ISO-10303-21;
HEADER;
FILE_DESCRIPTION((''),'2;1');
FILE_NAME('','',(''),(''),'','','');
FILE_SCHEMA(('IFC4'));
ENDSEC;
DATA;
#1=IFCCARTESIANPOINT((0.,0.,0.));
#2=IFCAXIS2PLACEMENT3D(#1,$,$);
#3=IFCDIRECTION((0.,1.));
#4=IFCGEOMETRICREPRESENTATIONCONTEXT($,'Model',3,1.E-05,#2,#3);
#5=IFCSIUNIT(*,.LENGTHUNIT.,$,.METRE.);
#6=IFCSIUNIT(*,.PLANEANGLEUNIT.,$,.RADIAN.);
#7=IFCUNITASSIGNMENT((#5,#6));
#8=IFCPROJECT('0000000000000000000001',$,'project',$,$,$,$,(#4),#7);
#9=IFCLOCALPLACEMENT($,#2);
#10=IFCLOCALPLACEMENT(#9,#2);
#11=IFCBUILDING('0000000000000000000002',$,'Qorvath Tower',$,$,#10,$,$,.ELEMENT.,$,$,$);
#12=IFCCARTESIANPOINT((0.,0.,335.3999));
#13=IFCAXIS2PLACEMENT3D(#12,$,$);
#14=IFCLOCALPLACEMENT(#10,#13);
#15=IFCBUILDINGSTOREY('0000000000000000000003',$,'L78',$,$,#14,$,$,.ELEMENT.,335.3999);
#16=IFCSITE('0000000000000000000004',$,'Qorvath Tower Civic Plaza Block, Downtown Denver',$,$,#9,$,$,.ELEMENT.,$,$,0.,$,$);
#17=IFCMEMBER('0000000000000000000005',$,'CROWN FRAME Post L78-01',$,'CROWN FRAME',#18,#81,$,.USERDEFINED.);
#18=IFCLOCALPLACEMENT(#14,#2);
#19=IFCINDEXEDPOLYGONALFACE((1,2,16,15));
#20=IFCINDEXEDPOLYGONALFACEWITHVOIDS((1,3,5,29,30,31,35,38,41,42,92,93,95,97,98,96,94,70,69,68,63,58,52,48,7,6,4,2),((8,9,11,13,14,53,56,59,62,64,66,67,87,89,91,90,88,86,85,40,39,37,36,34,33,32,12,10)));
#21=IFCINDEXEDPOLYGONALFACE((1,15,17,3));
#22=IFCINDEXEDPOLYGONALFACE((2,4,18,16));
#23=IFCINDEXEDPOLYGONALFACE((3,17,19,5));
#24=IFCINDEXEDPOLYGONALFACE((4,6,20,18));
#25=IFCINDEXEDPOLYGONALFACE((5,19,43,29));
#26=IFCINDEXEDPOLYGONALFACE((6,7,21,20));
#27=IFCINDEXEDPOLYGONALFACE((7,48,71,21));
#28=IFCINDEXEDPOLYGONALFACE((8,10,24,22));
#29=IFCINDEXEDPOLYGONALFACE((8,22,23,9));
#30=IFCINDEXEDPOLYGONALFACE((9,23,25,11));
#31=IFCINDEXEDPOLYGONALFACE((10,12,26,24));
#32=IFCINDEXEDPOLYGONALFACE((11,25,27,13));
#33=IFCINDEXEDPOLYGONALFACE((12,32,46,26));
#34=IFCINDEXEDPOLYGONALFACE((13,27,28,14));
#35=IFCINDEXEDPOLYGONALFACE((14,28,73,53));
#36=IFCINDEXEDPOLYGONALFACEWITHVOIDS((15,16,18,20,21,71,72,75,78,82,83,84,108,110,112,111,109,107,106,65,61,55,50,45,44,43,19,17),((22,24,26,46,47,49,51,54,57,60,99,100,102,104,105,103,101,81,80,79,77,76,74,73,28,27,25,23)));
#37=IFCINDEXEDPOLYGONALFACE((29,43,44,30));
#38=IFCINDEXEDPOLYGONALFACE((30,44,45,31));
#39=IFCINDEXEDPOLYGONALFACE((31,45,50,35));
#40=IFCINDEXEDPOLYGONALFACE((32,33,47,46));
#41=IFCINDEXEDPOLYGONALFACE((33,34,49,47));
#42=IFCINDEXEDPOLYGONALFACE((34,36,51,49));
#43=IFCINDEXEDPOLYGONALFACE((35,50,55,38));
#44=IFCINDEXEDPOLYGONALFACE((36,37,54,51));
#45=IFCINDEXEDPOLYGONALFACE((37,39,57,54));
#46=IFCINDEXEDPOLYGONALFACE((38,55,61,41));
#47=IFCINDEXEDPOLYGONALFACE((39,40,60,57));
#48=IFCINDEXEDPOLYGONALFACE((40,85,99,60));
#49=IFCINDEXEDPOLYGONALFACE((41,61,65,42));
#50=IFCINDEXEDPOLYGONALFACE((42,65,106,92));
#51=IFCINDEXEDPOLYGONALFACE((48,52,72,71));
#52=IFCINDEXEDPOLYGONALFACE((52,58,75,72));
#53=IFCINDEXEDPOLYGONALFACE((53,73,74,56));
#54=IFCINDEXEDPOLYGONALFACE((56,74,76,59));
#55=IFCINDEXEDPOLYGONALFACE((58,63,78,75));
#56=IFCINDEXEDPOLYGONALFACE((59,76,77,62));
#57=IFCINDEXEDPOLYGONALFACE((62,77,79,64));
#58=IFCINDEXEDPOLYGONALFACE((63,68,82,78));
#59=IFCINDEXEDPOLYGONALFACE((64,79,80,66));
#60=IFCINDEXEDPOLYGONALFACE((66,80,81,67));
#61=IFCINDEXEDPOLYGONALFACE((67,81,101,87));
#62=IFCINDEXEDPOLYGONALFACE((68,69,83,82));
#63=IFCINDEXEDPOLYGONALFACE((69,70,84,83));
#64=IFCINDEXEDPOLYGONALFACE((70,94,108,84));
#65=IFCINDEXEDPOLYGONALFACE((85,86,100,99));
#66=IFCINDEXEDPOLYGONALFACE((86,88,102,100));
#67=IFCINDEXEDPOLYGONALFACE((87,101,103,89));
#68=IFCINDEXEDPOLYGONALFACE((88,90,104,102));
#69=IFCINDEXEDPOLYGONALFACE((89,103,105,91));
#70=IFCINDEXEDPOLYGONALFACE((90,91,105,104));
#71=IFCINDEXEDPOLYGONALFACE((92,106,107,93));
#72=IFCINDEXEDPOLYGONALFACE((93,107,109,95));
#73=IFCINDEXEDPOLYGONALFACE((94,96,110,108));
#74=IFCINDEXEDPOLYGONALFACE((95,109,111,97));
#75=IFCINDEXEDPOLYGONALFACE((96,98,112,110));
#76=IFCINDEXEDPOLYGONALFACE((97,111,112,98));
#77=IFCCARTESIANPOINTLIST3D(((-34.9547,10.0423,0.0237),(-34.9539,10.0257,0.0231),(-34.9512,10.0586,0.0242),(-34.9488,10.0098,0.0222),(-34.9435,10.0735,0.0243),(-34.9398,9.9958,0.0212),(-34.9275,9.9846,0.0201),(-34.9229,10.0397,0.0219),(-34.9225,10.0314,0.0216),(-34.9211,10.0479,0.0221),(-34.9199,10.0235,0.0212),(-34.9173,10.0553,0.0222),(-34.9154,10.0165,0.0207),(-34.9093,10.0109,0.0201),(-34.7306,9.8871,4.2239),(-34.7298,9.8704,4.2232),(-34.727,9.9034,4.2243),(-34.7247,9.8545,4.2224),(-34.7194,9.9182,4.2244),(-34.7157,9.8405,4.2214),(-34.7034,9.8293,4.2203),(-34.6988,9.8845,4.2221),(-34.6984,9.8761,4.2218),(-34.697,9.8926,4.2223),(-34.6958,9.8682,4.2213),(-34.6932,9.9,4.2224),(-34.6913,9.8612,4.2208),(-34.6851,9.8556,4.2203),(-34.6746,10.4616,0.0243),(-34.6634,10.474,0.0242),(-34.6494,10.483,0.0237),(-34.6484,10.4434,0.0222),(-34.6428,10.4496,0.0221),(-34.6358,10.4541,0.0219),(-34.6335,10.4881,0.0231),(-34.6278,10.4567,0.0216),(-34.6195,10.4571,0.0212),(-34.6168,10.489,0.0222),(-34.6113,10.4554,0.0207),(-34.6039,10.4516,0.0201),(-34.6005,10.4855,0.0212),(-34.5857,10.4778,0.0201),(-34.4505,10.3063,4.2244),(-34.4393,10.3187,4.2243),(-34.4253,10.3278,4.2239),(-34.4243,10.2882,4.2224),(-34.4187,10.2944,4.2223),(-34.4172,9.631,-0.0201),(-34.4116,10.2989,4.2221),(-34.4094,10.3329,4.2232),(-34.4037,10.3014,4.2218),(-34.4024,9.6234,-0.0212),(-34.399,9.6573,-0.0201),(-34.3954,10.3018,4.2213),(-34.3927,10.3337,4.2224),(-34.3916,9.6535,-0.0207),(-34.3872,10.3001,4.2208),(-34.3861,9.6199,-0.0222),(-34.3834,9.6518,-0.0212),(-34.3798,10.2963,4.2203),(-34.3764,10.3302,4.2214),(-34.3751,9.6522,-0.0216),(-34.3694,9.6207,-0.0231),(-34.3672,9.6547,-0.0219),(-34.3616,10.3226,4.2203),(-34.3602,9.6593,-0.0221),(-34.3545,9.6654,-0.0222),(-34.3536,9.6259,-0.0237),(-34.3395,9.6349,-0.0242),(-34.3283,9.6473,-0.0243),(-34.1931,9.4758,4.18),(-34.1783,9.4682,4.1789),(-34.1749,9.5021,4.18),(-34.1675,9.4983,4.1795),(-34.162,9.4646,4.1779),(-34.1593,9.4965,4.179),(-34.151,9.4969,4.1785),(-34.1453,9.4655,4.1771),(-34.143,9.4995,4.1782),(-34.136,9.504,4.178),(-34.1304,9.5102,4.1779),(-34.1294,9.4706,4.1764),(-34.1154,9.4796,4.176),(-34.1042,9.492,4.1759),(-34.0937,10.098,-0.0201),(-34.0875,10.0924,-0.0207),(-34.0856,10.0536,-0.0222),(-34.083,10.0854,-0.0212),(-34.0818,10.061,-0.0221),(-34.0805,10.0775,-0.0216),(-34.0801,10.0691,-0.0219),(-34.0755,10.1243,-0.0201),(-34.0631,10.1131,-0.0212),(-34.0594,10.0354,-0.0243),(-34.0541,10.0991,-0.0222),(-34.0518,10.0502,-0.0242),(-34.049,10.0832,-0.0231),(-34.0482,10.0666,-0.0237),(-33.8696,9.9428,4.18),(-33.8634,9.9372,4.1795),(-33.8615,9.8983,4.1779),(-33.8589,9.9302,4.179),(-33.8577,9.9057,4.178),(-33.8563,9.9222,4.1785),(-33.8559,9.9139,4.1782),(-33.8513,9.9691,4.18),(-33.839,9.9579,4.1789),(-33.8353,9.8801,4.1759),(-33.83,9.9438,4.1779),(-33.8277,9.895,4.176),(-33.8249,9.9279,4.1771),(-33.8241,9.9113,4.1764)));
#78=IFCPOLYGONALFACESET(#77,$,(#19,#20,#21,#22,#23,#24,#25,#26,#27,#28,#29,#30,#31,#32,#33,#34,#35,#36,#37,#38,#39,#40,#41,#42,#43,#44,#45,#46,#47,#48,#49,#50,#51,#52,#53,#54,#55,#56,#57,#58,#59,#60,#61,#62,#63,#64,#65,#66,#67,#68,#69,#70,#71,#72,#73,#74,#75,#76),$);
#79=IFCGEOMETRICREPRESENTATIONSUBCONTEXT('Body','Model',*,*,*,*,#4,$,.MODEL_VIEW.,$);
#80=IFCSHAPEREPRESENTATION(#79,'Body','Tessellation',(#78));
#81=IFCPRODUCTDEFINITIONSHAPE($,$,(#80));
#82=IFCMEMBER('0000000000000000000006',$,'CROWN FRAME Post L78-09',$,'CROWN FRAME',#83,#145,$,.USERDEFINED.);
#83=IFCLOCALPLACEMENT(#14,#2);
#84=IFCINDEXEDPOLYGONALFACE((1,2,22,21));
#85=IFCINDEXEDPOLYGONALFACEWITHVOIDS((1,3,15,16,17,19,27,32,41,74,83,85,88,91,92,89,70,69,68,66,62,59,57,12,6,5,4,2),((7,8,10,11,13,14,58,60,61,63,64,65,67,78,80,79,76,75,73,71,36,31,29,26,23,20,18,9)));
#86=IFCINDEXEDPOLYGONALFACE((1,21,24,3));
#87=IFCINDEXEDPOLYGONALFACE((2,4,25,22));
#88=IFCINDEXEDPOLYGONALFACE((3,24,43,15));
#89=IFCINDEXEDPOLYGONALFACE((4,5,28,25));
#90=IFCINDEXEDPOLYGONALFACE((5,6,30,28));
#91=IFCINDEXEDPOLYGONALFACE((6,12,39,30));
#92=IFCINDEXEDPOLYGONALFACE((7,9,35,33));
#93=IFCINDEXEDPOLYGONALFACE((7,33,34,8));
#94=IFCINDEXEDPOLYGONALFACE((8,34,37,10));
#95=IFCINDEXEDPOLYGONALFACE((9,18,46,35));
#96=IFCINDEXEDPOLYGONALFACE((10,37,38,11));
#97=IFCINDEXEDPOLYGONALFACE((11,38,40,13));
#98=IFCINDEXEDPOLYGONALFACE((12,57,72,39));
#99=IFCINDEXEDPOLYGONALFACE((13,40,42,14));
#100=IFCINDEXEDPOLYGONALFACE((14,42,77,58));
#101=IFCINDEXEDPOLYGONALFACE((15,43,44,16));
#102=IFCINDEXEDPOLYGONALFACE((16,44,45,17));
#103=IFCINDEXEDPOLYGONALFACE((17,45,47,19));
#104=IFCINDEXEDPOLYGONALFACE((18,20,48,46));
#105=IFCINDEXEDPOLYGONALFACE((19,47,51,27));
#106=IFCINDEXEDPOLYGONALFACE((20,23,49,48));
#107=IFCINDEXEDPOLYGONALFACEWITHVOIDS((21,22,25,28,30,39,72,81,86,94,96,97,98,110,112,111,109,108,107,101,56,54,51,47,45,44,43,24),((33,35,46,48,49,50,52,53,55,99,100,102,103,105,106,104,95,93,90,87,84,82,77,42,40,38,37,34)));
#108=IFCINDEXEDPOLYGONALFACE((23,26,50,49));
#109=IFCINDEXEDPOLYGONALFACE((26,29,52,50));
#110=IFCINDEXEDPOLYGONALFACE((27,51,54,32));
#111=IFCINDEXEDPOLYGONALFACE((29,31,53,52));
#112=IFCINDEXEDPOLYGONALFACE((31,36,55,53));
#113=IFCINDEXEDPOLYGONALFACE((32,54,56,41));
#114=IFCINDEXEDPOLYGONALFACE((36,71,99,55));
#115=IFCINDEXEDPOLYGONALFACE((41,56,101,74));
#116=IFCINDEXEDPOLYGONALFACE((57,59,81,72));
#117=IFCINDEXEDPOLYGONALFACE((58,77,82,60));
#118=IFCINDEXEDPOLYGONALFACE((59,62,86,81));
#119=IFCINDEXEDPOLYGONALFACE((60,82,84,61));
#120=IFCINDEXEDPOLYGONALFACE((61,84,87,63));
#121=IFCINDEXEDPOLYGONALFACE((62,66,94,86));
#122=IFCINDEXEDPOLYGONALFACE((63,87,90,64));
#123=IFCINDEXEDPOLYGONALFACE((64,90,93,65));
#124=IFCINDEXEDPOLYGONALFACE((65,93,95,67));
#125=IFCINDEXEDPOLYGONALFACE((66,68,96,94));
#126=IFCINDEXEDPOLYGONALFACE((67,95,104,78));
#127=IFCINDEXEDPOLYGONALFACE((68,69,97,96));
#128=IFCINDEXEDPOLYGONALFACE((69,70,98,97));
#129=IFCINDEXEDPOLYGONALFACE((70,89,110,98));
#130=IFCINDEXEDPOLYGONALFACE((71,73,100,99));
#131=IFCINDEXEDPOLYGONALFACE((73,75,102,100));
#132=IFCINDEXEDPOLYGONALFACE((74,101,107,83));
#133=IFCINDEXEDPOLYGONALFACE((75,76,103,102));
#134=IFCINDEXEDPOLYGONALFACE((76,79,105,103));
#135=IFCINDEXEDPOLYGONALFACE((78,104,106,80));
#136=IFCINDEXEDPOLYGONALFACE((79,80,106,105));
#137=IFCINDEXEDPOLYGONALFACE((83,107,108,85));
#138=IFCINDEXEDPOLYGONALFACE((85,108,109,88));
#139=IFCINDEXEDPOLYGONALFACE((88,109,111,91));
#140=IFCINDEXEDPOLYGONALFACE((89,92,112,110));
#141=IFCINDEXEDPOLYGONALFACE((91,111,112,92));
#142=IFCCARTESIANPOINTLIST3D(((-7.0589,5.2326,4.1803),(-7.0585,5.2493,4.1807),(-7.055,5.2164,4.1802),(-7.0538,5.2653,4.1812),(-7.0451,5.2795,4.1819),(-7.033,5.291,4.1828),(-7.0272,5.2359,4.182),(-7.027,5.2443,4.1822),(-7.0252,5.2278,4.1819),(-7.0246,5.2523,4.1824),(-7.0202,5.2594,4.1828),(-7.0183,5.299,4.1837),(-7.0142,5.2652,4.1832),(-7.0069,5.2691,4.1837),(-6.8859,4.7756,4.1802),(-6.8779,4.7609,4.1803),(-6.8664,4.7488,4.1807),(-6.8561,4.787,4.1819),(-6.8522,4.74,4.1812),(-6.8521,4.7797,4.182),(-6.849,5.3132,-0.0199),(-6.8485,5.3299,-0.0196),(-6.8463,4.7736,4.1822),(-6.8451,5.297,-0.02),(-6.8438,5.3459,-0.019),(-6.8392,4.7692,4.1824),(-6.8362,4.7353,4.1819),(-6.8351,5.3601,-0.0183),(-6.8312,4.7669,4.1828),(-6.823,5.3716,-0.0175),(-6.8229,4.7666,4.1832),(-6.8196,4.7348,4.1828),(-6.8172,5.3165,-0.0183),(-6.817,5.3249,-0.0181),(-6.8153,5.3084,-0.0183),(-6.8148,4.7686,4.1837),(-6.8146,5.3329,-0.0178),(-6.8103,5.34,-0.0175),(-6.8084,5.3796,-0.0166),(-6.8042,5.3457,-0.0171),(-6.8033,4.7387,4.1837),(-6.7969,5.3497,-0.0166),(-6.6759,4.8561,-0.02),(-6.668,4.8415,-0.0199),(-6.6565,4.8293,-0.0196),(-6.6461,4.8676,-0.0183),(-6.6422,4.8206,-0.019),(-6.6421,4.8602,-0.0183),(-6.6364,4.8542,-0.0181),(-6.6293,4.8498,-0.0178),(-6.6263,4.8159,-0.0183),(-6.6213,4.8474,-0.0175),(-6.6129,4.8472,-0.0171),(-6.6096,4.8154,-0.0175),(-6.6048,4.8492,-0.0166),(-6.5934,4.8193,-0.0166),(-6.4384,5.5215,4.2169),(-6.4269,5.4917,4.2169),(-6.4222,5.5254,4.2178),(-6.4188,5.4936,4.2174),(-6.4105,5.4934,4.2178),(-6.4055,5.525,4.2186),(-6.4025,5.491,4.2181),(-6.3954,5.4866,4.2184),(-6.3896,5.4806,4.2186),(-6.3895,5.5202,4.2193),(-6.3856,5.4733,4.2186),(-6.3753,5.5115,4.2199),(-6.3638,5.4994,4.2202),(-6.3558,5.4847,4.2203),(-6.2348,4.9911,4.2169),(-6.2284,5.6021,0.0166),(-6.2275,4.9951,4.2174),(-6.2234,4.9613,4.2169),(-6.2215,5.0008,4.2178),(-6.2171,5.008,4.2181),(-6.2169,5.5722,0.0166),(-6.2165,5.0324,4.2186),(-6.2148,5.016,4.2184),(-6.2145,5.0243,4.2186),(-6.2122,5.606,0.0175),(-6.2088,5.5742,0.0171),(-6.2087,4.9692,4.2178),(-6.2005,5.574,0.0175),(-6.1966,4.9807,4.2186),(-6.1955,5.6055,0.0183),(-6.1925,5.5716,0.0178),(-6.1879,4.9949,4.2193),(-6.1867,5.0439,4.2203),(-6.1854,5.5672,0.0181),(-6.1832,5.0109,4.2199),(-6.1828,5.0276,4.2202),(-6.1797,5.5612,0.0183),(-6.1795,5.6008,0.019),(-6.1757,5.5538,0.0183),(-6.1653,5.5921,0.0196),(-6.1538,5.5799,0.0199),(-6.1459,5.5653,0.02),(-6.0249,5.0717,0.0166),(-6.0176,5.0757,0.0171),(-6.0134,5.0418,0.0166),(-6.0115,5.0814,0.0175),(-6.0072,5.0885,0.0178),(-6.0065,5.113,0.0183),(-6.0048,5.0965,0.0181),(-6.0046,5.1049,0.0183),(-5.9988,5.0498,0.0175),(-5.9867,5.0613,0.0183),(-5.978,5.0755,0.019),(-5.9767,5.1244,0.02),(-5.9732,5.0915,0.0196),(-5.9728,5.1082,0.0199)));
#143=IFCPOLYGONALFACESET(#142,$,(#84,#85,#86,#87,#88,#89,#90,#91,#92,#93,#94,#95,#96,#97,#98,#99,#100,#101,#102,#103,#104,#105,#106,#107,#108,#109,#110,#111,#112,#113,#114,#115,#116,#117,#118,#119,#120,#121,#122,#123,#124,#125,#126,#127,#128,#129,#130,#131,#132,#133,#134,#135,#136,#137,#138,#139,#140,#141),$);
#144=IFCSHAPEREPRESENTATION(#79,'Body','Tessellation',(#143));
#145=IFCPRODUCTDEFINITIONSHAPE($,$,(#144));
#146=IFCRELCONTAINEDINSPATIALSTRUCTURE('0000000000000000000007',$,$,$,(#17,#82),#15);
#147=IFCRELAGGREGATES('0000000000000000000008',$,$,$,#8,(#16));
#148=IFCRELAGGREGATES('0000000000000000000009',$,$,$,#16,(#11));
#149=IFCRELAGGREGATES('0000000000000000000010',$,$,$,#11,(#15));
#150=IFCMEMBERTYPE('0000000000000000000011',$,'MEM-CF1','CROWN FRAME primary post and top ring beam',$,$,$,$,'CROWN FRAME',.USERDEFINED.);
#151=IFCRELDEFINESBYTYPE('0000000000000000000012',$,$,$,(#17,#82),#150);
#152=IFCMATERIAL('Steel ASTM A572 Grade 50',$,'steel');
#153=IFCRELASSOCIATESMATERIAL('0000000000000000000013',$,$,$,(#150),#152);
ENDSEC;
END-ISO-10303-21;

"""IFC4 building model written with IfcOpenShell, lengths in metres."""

from ifc_helpers import new_model, si_unit, direction, frame, origin, origin_2d, place, context, subcontext, project, spatial, hollow_rectangle, extrude, material, material_profile, profile_set, type_object, element, save


model = new_model("IFC4")

# Units and contexts
model_context = context("Model", 3, precision=1e-05, world=origin(), true_north=direction((0.0, 1.0)))
body_context = subcontext(model_context, "Body", "Model", "MODEL_VIEW")
ifc_project = project(units=[si_unit("LENGTHUNIT", "METRE"), si_unit("PLANEANGLEUNIT", "RADIAN")], contexts=[model_context])

# Site, building, storey
site_placement = place(None, origin())
site = spatial("IfcSite", under=ifc_project, at=site_placement, Name="Qorvath Tower Civic Plaza Block, Downtown Denver", CompositionType="ELEMENT", RefElevation=0.0)
building_placement = place(site_placement, origin())
building = spatial("IfcBuilding", under=site, at=building_placement, Name="Qorvath Tower", CompositionType="ELEMENT")
storey_placement = place(building_placement, frame((0.0, 0.0, 335.3999)))
storey = spatial("IfcBuildingStorey", under=building, at=storey_placement, Name="L78", CompositionType="ELEMENT", Elevation=335.3999)

# Members
ifc_material_1 = material(Name="Steel ASTM A572 Grade 50", Category="steel")
ifc_material_profile_1 = material_profile(ifc_material_1, hollow_rectangle(XDim=0.6001, YDim=0.75, WallThickness=0.032, InnerFilletRadius=0.032, OuterFilletRadius=0.064, at=origin_2d()), Name="CROWN BOX 750x600x32")
ifc_profile_set_1 = profile_set([ifc_material_profile_1], Name="Steel ASTM A572 Grade 50")
member_type_1 = type_object("IfcMemberType", Name="MEM-CF1", Description="CROWN FRAME primary post and top ring beam", ElementType="CROWN FRAME", PredefinedType="USERDEFINED", material=ifc_profile_set_1)
member_1_placement = place(storey_placement, frame((-34.5015, 10.0544, 0.0), z_axis=(0.053248, -0.036891, 0.9979), x_axis=(0.569489, 0.821999, 0.0)))
element("IfcMember", 1, at=member_1_placement, inside=storey, type_object=member_type_1, Name="CROWN FRAME Post L78-01", ObjectType="CROWN FRAME", PredefinedType="USERDEFINED", context=body_context, shape_type="SweptSolid", body=[
    extrude(hollow_rectangle(XDim=0.6001, YDim=0.75, WallThickness=0.032, InnerFilletRadius=0.032, OuterFilletRadius=0.064, at=origin_2d()), origin(), (0.0, 0.0, 1.0), 4.209),
])
member_2_placement = place(storey_placement, frame((-6.4109, 5.2107, 0.0), z_axis=(-0.049917, -0.019154, 0.99857), x_axis=(0.358251, -0.933625, 0.0)))
element("IfcMember", 2, at=member_2_placement, inside=storey, type_object=member_type_1, Name="CROWN FRAME Post L78-09", ObjectType="CROWN FRAME", PredefinedType="USERDEFINED", context=body_context, shape_type="SweptSolid", body=[
    extrude(hollow_rectangle(XDim=0.6001, YDim=0.75, WallThickness=0.032, InnerFilletRadius=0.032, OuterFilletRadius=0.064, at=origin_2d()), origin(), (0.0, 0.0, 1.0), 4.2063),
])

save(model, "model.ifc")
